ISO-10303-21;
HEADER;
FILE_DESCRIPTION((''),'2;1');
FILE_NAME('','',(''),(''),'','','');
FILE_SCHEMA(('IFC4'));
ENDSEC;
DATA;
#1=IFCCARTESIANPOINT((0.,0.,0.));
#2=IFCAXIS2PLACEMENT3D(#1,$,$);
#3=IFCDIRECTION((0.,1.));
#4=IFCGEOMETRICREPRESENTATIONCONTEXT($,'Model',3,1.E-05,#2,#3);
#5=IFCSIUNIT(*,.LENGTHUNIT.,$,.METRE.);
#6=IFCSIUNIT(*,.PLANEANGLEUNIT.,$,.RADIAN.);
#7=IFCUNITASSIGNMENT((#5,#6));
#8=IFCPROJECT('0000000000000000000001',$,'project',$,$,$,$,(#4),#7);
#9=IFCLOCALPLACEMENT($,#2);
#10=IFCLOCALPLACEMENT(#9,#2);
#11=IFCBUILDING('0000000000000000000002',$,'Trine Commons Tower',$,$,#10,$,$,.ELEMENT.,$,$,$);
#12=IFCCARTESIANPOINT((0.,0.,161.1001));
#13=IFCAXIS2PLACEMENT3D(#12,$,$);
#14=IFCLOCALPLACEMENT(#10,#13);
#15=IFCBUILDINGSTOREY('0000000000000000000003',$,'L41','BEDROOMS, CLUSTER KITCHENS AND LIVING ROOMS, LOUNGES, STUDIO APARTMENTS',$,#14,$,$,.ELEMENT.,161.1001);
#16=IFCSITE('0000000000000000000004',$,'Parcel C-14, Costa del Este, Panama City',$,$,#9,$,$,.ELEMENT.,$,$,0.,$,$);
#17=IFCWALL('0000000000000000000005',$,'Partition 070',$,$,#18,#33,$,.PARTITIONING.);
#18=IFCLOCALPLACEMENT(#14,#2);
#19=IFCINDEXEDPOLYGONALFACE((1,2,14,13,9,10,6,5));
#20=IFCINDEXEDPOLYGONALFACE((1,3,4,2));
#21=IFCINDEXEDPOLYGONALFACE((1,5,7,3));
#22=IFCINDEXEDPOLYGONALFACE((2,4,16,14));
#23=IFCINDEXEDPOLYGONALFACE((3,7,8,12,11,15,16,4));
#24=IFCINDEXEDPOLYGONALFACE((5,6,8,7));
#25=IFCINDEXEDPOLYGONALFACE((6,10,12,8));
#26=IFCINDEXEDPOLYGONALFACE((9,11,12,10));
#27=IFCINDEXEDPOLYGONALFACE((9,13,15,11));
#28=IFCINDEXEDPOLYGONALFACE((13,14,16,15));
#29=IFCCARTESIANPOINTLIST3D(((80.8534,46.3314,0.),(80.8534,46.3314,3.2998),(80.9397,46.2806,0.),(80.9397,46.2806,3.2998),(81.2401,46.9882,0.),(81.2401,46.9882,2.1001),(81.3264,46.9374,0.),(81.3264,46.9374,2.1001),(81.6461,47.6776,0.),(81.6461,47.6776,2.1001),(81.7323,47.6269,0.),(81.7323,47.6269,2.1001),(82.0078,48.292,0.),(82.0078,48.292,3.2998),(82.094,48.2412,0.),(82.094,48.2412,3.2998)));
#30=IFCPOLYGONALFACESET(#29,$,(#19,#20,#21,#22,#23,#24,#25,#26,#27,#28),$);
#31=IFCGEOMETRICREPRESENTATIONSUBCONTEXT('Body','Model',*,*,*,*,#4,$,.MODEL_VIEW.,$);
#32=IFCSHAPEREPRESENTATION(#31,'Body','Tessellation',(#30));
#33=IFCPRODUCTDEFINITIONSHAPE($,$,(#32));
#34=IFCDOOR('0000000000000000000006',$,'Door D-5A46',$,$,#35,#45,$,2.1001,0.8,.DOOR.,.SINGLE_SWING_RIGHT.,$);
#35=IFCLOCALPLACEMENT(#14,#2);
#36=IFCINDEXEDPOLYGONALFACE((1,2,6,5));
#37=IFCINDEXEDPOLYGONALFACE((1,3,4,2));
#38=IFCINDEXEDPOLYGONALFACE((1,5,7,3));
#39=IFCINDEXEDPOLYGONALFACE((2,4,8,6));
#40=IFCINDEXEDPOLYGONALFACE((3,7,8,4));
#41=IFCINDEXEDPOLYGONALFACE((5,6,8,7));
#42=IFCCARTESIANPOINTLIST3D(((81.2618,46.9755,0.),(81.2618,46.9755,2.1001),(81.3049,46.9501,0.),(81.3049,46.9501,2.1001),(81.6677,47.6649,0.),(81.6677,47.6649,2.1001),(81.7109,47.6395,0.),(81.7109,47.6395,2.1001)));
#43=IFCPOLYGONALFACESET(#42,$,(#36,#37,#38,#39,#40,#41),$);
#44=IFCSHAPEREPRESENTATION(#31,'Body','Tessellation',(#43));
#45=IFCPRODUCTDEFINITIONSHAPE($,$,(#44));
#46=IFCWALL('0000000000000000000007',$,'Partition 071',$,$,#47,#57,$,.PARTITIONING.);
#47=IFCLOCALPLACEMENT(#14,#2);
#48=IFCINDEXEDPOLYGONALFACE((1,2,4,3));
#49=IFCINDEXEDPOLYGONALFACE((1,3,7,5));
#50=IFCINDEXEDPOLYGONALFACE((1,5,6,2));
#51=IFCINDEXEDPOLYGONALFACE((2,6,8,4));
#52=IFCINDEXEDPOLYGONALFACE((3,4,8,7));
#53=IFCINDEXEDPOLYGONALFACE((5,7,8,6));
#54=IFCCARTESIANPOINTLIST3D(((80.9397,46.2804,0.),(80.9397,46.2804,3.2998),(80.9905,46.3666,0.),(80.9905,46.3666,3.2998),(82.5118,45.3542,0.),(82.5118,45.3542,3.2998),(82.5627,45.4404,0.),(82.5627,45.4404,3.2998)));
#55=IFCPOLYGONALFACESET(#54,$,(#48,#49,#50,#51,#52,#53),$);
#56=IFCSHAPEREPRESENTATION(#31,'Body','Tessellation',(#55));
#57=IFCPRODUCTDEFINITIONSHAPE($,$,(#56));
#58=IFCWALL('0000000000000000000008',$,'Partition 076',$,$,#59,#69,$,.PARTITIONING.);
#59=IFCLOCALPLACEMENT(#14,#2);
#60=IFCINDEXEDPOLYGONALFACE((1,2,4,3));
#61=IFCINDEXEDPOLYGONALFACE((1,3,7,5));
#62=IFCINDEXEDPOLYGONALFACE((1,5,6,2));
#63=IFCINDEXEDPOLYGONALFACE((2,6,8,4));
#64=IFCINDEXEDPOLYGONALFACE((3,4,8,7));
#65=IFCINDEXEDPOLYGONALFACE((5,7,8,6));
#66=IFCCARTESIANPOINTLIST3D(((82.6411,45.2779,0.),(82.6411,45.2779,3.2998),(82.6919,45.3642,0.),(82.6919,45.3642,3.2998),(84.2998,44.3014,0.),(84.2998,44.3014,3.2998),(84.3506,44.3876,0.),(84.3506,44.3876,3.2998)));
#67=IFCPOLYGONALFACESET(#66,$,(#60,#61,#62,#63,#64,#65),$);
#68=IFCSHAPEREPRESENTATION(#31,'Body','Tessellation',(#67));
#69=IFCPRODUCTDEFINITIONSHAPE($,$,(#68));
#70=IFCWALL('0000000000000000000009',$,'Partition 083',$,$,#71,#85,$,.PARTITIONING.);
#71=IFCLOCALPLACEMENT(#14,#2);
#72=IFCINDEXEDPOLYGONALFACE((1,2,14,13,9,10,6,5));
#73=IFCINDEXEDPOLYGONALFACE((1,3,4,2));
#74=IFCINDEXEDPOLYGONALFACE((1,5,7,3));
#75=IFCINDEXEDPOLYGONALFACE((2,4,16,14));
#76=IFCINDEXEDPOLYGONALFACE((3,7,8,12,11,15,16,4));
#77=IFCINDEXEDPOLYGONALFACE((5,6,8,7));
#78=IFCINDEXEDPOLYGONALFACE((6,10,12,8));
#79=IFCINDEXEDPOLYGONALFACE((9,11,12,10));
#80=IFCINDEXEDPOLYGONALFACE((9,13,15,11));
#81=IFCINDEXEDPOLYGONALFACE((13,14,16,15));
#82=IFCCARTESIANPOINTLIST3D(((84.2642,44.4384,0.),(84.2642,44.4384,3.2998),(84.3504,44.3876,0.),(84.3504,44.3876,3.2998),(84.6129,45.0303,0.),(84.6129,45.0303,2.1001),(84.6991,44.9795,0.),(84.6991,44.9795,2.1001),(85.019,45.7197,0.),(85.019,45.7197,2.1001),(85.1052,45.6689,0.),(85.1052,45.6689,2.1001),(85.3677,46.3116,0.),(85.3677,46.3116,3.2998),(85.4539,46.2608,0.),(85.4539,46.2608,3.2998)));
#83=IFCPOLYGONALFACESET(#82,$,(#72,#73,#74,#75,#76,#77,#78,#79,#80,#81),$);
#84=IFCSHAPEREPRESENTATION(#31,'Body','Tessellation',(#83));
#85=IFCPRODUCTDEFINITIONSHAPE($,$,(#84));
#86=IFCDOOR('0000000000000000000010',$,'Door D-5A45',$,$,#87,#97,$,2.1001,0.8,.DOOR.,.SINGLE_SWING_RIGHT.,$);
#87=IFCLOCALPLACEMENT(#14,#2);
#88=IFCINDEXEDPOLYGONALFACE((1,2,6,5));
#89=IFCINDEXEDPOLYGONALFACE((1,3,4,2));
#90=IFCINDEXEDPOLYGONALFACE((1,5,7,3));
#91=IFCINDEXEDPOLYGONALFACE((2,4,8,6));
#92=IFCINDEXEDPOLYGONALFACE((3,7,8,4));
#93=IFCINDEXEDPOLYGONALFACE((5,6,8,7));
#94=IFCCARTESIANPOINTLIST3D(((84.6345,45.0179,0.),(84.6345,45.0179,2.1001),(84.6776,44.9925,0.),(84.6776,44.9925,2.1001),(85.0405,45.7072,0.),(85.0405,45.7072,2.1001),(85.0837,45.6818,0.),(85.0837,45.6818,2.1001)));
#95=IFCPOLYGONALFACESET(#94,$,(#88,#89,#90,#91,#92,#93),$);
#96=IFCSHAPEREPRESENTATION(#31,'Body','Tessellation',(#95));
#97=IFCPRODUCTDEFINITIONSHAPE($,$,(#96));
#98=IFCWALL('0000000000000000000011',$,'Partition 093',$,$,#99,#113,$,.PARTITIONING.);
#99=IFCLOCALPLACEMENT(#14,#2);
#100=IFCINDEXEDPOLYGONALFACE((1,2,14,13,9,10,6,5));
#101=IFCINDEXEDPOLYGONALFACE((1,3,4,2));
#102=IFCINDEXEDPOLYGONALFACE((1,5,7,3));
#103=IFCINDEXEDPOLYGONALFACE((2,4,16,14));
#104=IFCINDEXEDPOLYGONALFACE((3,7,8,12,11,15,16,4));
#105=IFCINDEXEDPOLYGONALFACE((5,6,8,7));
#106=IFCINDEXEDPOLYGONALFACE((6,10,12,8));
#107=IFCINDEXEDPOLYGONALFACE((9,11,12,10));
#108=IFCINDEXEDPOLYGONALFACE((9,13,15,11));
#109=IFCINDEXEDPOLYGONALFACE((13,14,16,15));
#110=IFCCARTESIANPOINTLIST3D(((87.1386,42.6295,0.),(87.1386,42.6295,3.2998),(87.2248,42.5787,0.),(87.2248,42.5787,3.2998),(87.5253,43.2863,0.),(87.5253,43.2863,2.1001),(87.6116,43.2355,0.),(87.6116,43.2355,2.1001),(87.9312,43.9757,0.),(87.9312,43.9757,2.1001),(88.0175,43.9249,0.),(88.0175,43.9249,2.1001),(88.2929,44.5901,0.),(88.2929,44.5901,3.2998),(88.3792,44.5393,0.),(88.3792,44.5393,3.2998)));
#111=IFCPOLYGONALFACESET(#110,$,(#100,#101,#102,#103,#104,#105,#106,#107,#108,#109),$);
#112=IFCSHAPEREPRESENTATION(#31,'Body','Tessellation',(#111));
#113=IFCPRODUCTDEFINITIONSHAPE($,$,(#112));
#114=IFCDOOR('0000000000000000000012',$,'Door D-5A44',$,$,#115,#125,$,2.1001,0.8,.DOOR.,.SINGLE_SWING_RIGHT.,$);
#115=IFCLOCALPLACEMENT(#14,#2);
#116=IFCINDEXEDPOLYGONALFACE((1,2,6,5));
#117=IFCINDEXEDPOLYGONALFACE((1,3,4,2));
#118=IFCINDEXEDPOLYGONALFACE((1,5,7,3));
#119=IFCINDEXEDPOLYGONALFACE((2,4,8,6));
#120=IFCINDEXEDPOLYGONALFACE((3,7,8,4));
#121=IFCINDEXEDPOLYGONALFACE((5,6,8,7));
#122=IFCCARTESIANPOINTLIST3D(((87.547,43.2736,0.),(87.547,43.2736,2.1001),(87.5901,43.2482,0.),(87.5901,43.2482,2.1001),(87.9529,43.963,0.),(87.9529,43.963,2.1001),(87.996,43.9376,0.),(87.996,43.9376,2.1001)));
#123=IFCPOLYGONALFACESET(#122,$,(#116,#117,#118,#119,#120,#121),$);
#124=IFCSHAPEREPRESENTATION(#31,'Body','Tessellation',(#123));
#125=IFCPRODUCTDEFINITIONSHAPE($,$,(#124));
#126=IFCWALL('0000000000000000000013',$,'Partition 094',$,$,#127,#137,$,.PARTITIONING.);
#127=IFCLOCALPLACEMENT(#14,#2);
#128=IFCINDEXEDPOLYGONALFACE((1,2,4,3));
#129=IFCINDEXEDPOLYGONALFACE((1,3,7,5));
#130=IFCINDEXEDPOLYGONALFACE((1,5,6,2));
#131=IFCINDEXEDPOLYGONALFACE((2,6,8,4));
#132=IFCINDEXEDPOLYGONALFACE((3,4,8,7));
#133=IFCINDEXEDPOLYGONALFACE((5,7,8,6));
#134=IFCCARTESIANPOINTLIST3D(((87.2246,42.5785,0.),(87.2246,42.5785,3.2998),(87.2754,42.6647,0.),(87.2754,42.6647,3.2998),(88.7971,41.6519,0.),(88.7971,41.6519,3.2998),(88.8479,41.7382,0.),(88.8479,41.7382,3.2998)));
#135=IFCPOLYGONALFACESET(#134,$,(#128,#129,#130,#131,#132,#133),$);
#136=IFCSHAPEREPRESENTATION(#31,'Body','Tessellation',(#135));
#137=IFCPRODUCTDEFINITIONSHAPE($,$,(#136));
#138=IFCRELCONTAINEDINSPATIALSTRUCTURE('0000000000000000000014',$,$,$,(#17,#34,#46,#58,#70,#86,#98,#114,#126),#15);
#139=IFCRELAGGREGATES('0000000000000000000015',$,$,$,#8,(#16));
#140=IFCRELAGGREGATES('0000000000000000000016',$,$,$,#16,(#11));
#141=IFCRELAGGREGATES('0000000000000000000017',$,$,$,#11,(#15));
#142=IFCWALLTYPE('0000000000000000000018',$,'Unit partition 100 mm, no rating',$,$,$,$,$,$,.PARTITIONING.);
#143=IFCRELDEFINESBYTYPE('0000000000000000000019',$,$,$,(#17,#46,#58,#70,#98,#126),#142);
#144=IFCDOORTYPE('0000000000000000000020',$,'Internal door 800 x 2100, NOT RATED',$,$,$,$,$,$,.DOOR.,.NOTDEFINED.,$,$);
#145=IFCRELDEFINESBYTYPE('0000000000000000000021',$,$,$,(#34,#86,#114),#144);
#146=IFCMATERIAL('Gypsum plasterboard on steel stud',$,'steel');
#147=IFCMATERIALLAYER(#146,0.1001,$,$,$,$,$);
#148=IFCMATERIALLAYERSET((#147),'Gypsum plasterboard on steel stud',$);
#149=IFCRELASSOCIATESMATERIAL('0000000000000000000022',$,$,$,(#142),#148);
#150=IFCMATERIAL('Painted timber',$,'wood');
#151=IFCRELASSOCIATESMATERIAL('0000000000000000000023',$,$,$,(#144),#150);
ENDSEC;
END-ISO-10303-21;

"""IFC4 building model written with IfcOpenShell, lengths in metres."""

from ifc_helpers import new_model, si_unit, direction, frame, frame_2d, origin, place, context, subcontext, project, spatial, rectangle, extrude, material, layer, layer_set, type_object, element, fill, save


model = new_model("IFC4")

# Units and contexts
model_context = context("Model", 3, precision=1e-05, world=origin(), true_north=direction((0.0, 1.0)))
body_context = subcontext(model_context, "Body", "Model", "MODEL_VIEW")
ifc_project = project(units=[si_unit("LENGTHUNIT", "METRE"), si_unit("PLANEANGLEUNIT", "RADIAN")], contexts=[model_context])

# Site, building, storey
site_placement = place(None, origin())
site = spatial("IfcSite", under=ifc_project, at=site_placement, Name="Parcel C-14, Costa del Este, Panama City", CompositionType="ELEMENT", RefElevation=0.0)
building_placement = place(site_placement, origin())
building = spatial("IfcBuilding", under=site, at=building_placement, Name="Trine Commons Tower", CompositionType="ELEMENT")
storey_placement = place(building_placement, frame((0.0, 0.0, 161.1001)))
storey = spatial("IfcBuildingStorey", under=building, at=storey_placement, Name="L41", Description="BEDROOMS, CLUSTER KITCHENS AND LIVING ROOMS, LOUNGES, STUDIO APARTMENTS", CompositionType="ELEMENT", Elevation=161.1001)

# Shared definitions
ifc_material_1 = material(Name="Gypsum plasterboard on steel stud", Category="steel")

# Shared definitions
ifc_material_2 = material(Name="Painted timber", Category="wood")

# Wall, opening, door
ifc_layer_1 = layer(ifc_material_1, 0.1001)
ifc_layer_set_1 = layer_set([ifc_layer_1], Name="Gypsum plasterboard on steel stud")
wall_type_1 = type_object("IfcWallType", Name="Unit partition 100 mm, no rating", PredefinedType="PARTITIONING", material=ifc_layer_set_1)
wall_1_placement = place(storey_placement, frame((80.8965, 46.3059, 0.0), z_axis=(0.0, 0.0, 1.0), x_axis=(0.507377, 0.861724, 0.0)))
wall_1 = element("IfcWall", 1, at=wall_1_placement, inside=storey, type_object=wall_type_1, Name="Partition 070", PredefinedType="PARTITIONING", context=body_context, shape_type="SweptSolid", body=[
    extrude(rectangle(XDim=2.2751, YDim=0.1001, at=frame_2d((1.1377, 0.0))), origin(), (0.0, 0.0, 1.0), 3.2998),
])
opening_1_placement = place(wall_1_placement, frame((0.7625, 0.0, 0.0)))
opening_1 = element("IfcOpeningElement", 2, at=opening_1_placement, cuts=wall_1, PredefinedType="OPENING", context=body_context, shape_type="SweptSolid", body=[
    extrude(rectangle(XDim=0.8, YDim=2.1001, at=frame_2d((0.3999, 1.05))), frame((0.0, 0.0601, 0.0), z_axis=(0.0, -1.0, 0.0), x_axis=(1.0, 0.0, 0.0)), (0.0, 0.0, 1.0), 0.1201),
])
door_type_1 = type_object("IfcDoorType", Name="Internal door 800 x 2100, NOT RATED", OperationType="NOTDEFINED", PredefinedType="DOOR", material=ifc_material_2)
door_1_placement = place(opening_1_placement, origin())
door_1 = element("IfcDoor", 3, at=door_1_placement, inside=storey, type_object=door_type_1, Name="Door D-5A46", OperationType="SINGLE_SWING_RIGHT", OverallHeight=2.1001, OverallWidth=0.8, PredefinedType="DOOR", context=body_context, shape_type="SweptSolid", body=[
    extrude(rectangle(XDim=0.8, YDim=2.1001, at=frame_2d((0.3999, 1.05))), frame((0.0, 0.0249, 0.0), z_axis=(0.0, -1.0, 0.0), x_axis=(1.0, 0.0, 0.0)), (0.0, 0.0, 1.0), 0.05),
])
fill(opening_1, door_1)

# Walls
wall_2_placement = place(storey_placement, frame((80.9651, 46.3235, 0.0), z_axis=(0.0, 0.0, 1.0), x_axis=(0.861597, -0.507593, 0.0)))
element("IfcWall", 4, at=wall_2_placement, inside=storey, type_object=wall_type_1, Name="Partition 071", PredefinedType="PARTITIONING", context=body_context, shape_type="SweptSolid", body=[
    extrude(rectangle(XDim=1.8247, YDim=0.1001, at=frame_2d((0.9124, 0.0))), origin(), (0.0, 0.0, 1.0), 3.2998),
])
wall_3_placement = place(storey_placement, frame((82.6665, 45.321, 0.0), z_axis=(0.0, 0.0, 1.0), x_axis=(0.861739, -0.507353, 0.0)))
element("IfcWall", 5, at=wall_3_placement, inside=storey, type_object=wall_type_1, Name="Partition 076", PredefinedType="PARTITIONING", context=body_context, shape_type="SweptSolid", body=[
    extrude(rectangle(XDim=1.9248, YDim=0.1001, at=frame_2d((0.9624, 0.0))), origin(), (0.0, 0.0, 1.0), 3.2998),
])

# Walls, openings, doors
wall_4_placement = place(storey_placement, frame((84.3074, 44.4131, 0.0), z_axis=(0.0, 0.0, 1.0), x_axis=(0.50756, 0.861617, 0.0)))
wall_4 = element("IfcWall", 6, at=wall_4_placement, inside=storey, type_object=wall_type_1, Name="Partition 083", PredefinedType="PARTITIONING", context=body_context, shape_type="SweptSolid", body=[
    extrude(rectangle(XDim=2.1741, YDim=0.1001, at=frame_2d((1.0869, 0.0))), origin(), (0.0, 0.0, 1.0), 3.2998),
])
opening_2_placement = place(wall_4_placement, frame((0.687, 0.0, 0.0)))
opening_2 = element("IfcOpeningElement", 7, at=opening_2_placement, cuts=wall_4, PredefinedType="OPENING", context=body_context, shape_type="SweptSolid", body=[
    extrude(rectangle(XDim=0.8, YDim=2.1001, at=frame_2d((0.3999, 1.05))), frame((0.0, 0.0601, 0.0), z_axis=(0.0, -1.0, 0.0), x_axis=(1.0, 0.0, 0.0)), (0.0, 0.0, 1.0), 0.1201),
])
door_2_placement = place(opening_2_placement, frame((0.8, 0.0, 0.0), z_axis=(0.0, 0.0, 1.0), x_axis=(-1.0, 0.0, 0.0)))
door_2 = element("IfcDoor", 8, at=door_2_placement, inside=storey, type_object=door_type_1, Name="Door D-5A45", OperationType="SINGLE_SWING_RIGHT", OverallHeight=2.1001, OverallWidth=0.8, PredefinedType="DOOR", context=body_context, shape_type="SweptSolid", body=[
    extrude(rectangle(XDim=0.8, YDim=2.1001, at=frame_2d((0.3999, 1.05))), frame((0.0, 0.0249, 0.0), z_axis=(0.0, -1.0, 0.0), x_axis=(1.0, 0.0, 0.0)), (0.0, 0.0, 1.0), 0.05),
])
fill(opening_2, door_2)
wall_5_placement = place(storey_placement, frame((87.1816, 42.604, 0.0), z_axis=(0.0, 0.0, 1.0), x_axis=(0.507377, 0.861724, 0.0)))
wall_5 = element("IfcWall", 9, at=wall_5_placement, inside=storey, type_object=wall_type_1, Name="Partition 093", PredefinedType="PARTITIONING", context=body_context, shape_type="SweptSolid", body=[
    extrude(rectangle(XDim=2.2751, YDim=0.1001, at=frame_2d((1.1377, 0.0))), origin(), (0.0, 0.0, 1.0), 3.2998),
])
opening_3_placement = place(wall_5_placement, frame((0.7625, 0.0, 0.0)))
opening_3 = element("IfcOpeningElement", 10, at=opening_3_placement, cuts=wall_5, PredefinedType="OPENING", context=body_context, shape_type="SweptSolid", body=[
    extrude(rectangle(XDim=0.8, YDim=2.1001, at=frame_2d((0.3999, 1.05))), frame((0.0, 0.0601, 0.0), z_axis=(0.0, -1.0, 0.0), x_axis=(1.0, 0.0, 0.0)), (0.0, 0.0, 1.0), 0.1201),
])
door_3_placement = place(opening_3_placement, origin())
door_3 = element("IfcDoor", 11, at=door_3_placement, inside=storey, type_object=door_type_1, Name="Door D-5A44", OperationType="SINGLE_SWING_RIGHT", OverallHeight=2.1001, OverallWidth=0.8, PredefinedType="DOOR", context=body_context, shape_type="SweptSolid", body=[
    extrude(rectangle(XDim=0.8, YDim=2.1001, at=frame_2d((0.3999, 1.05))), frame((0.0, 0.0249, 0.0), z_axis=(0.0, -1.0, 0.0), x_axis=(1.0, 0.0, 0.0)), (0.0, 0.0, 1.0), 0.05),
])
fill(opening_3, door_3)

# Wall
wall_6_placement = place(storey_placement, frame((87.25, 42.6216, 0.0), z_axis=(0.0, 0.0, 1.0), x_axis=(0.861573, -0.507634, 0.0)))
element("IfcWall", 12, at=wall_6_placement, inside=storey, type_object=wall_type_1, Name="Partition 094", PredefinedType="PARTITIONING", context=body_context, shape_type="SweptSolid", body=[
    extrude(rectangle(XDim=1.8252, YDim=0.1001, at=frame_2d((0.9126, 0.0))), origin(), (0.0, 0.0, 1.0), 3.2998),
])

save(model, "model.ifc")
